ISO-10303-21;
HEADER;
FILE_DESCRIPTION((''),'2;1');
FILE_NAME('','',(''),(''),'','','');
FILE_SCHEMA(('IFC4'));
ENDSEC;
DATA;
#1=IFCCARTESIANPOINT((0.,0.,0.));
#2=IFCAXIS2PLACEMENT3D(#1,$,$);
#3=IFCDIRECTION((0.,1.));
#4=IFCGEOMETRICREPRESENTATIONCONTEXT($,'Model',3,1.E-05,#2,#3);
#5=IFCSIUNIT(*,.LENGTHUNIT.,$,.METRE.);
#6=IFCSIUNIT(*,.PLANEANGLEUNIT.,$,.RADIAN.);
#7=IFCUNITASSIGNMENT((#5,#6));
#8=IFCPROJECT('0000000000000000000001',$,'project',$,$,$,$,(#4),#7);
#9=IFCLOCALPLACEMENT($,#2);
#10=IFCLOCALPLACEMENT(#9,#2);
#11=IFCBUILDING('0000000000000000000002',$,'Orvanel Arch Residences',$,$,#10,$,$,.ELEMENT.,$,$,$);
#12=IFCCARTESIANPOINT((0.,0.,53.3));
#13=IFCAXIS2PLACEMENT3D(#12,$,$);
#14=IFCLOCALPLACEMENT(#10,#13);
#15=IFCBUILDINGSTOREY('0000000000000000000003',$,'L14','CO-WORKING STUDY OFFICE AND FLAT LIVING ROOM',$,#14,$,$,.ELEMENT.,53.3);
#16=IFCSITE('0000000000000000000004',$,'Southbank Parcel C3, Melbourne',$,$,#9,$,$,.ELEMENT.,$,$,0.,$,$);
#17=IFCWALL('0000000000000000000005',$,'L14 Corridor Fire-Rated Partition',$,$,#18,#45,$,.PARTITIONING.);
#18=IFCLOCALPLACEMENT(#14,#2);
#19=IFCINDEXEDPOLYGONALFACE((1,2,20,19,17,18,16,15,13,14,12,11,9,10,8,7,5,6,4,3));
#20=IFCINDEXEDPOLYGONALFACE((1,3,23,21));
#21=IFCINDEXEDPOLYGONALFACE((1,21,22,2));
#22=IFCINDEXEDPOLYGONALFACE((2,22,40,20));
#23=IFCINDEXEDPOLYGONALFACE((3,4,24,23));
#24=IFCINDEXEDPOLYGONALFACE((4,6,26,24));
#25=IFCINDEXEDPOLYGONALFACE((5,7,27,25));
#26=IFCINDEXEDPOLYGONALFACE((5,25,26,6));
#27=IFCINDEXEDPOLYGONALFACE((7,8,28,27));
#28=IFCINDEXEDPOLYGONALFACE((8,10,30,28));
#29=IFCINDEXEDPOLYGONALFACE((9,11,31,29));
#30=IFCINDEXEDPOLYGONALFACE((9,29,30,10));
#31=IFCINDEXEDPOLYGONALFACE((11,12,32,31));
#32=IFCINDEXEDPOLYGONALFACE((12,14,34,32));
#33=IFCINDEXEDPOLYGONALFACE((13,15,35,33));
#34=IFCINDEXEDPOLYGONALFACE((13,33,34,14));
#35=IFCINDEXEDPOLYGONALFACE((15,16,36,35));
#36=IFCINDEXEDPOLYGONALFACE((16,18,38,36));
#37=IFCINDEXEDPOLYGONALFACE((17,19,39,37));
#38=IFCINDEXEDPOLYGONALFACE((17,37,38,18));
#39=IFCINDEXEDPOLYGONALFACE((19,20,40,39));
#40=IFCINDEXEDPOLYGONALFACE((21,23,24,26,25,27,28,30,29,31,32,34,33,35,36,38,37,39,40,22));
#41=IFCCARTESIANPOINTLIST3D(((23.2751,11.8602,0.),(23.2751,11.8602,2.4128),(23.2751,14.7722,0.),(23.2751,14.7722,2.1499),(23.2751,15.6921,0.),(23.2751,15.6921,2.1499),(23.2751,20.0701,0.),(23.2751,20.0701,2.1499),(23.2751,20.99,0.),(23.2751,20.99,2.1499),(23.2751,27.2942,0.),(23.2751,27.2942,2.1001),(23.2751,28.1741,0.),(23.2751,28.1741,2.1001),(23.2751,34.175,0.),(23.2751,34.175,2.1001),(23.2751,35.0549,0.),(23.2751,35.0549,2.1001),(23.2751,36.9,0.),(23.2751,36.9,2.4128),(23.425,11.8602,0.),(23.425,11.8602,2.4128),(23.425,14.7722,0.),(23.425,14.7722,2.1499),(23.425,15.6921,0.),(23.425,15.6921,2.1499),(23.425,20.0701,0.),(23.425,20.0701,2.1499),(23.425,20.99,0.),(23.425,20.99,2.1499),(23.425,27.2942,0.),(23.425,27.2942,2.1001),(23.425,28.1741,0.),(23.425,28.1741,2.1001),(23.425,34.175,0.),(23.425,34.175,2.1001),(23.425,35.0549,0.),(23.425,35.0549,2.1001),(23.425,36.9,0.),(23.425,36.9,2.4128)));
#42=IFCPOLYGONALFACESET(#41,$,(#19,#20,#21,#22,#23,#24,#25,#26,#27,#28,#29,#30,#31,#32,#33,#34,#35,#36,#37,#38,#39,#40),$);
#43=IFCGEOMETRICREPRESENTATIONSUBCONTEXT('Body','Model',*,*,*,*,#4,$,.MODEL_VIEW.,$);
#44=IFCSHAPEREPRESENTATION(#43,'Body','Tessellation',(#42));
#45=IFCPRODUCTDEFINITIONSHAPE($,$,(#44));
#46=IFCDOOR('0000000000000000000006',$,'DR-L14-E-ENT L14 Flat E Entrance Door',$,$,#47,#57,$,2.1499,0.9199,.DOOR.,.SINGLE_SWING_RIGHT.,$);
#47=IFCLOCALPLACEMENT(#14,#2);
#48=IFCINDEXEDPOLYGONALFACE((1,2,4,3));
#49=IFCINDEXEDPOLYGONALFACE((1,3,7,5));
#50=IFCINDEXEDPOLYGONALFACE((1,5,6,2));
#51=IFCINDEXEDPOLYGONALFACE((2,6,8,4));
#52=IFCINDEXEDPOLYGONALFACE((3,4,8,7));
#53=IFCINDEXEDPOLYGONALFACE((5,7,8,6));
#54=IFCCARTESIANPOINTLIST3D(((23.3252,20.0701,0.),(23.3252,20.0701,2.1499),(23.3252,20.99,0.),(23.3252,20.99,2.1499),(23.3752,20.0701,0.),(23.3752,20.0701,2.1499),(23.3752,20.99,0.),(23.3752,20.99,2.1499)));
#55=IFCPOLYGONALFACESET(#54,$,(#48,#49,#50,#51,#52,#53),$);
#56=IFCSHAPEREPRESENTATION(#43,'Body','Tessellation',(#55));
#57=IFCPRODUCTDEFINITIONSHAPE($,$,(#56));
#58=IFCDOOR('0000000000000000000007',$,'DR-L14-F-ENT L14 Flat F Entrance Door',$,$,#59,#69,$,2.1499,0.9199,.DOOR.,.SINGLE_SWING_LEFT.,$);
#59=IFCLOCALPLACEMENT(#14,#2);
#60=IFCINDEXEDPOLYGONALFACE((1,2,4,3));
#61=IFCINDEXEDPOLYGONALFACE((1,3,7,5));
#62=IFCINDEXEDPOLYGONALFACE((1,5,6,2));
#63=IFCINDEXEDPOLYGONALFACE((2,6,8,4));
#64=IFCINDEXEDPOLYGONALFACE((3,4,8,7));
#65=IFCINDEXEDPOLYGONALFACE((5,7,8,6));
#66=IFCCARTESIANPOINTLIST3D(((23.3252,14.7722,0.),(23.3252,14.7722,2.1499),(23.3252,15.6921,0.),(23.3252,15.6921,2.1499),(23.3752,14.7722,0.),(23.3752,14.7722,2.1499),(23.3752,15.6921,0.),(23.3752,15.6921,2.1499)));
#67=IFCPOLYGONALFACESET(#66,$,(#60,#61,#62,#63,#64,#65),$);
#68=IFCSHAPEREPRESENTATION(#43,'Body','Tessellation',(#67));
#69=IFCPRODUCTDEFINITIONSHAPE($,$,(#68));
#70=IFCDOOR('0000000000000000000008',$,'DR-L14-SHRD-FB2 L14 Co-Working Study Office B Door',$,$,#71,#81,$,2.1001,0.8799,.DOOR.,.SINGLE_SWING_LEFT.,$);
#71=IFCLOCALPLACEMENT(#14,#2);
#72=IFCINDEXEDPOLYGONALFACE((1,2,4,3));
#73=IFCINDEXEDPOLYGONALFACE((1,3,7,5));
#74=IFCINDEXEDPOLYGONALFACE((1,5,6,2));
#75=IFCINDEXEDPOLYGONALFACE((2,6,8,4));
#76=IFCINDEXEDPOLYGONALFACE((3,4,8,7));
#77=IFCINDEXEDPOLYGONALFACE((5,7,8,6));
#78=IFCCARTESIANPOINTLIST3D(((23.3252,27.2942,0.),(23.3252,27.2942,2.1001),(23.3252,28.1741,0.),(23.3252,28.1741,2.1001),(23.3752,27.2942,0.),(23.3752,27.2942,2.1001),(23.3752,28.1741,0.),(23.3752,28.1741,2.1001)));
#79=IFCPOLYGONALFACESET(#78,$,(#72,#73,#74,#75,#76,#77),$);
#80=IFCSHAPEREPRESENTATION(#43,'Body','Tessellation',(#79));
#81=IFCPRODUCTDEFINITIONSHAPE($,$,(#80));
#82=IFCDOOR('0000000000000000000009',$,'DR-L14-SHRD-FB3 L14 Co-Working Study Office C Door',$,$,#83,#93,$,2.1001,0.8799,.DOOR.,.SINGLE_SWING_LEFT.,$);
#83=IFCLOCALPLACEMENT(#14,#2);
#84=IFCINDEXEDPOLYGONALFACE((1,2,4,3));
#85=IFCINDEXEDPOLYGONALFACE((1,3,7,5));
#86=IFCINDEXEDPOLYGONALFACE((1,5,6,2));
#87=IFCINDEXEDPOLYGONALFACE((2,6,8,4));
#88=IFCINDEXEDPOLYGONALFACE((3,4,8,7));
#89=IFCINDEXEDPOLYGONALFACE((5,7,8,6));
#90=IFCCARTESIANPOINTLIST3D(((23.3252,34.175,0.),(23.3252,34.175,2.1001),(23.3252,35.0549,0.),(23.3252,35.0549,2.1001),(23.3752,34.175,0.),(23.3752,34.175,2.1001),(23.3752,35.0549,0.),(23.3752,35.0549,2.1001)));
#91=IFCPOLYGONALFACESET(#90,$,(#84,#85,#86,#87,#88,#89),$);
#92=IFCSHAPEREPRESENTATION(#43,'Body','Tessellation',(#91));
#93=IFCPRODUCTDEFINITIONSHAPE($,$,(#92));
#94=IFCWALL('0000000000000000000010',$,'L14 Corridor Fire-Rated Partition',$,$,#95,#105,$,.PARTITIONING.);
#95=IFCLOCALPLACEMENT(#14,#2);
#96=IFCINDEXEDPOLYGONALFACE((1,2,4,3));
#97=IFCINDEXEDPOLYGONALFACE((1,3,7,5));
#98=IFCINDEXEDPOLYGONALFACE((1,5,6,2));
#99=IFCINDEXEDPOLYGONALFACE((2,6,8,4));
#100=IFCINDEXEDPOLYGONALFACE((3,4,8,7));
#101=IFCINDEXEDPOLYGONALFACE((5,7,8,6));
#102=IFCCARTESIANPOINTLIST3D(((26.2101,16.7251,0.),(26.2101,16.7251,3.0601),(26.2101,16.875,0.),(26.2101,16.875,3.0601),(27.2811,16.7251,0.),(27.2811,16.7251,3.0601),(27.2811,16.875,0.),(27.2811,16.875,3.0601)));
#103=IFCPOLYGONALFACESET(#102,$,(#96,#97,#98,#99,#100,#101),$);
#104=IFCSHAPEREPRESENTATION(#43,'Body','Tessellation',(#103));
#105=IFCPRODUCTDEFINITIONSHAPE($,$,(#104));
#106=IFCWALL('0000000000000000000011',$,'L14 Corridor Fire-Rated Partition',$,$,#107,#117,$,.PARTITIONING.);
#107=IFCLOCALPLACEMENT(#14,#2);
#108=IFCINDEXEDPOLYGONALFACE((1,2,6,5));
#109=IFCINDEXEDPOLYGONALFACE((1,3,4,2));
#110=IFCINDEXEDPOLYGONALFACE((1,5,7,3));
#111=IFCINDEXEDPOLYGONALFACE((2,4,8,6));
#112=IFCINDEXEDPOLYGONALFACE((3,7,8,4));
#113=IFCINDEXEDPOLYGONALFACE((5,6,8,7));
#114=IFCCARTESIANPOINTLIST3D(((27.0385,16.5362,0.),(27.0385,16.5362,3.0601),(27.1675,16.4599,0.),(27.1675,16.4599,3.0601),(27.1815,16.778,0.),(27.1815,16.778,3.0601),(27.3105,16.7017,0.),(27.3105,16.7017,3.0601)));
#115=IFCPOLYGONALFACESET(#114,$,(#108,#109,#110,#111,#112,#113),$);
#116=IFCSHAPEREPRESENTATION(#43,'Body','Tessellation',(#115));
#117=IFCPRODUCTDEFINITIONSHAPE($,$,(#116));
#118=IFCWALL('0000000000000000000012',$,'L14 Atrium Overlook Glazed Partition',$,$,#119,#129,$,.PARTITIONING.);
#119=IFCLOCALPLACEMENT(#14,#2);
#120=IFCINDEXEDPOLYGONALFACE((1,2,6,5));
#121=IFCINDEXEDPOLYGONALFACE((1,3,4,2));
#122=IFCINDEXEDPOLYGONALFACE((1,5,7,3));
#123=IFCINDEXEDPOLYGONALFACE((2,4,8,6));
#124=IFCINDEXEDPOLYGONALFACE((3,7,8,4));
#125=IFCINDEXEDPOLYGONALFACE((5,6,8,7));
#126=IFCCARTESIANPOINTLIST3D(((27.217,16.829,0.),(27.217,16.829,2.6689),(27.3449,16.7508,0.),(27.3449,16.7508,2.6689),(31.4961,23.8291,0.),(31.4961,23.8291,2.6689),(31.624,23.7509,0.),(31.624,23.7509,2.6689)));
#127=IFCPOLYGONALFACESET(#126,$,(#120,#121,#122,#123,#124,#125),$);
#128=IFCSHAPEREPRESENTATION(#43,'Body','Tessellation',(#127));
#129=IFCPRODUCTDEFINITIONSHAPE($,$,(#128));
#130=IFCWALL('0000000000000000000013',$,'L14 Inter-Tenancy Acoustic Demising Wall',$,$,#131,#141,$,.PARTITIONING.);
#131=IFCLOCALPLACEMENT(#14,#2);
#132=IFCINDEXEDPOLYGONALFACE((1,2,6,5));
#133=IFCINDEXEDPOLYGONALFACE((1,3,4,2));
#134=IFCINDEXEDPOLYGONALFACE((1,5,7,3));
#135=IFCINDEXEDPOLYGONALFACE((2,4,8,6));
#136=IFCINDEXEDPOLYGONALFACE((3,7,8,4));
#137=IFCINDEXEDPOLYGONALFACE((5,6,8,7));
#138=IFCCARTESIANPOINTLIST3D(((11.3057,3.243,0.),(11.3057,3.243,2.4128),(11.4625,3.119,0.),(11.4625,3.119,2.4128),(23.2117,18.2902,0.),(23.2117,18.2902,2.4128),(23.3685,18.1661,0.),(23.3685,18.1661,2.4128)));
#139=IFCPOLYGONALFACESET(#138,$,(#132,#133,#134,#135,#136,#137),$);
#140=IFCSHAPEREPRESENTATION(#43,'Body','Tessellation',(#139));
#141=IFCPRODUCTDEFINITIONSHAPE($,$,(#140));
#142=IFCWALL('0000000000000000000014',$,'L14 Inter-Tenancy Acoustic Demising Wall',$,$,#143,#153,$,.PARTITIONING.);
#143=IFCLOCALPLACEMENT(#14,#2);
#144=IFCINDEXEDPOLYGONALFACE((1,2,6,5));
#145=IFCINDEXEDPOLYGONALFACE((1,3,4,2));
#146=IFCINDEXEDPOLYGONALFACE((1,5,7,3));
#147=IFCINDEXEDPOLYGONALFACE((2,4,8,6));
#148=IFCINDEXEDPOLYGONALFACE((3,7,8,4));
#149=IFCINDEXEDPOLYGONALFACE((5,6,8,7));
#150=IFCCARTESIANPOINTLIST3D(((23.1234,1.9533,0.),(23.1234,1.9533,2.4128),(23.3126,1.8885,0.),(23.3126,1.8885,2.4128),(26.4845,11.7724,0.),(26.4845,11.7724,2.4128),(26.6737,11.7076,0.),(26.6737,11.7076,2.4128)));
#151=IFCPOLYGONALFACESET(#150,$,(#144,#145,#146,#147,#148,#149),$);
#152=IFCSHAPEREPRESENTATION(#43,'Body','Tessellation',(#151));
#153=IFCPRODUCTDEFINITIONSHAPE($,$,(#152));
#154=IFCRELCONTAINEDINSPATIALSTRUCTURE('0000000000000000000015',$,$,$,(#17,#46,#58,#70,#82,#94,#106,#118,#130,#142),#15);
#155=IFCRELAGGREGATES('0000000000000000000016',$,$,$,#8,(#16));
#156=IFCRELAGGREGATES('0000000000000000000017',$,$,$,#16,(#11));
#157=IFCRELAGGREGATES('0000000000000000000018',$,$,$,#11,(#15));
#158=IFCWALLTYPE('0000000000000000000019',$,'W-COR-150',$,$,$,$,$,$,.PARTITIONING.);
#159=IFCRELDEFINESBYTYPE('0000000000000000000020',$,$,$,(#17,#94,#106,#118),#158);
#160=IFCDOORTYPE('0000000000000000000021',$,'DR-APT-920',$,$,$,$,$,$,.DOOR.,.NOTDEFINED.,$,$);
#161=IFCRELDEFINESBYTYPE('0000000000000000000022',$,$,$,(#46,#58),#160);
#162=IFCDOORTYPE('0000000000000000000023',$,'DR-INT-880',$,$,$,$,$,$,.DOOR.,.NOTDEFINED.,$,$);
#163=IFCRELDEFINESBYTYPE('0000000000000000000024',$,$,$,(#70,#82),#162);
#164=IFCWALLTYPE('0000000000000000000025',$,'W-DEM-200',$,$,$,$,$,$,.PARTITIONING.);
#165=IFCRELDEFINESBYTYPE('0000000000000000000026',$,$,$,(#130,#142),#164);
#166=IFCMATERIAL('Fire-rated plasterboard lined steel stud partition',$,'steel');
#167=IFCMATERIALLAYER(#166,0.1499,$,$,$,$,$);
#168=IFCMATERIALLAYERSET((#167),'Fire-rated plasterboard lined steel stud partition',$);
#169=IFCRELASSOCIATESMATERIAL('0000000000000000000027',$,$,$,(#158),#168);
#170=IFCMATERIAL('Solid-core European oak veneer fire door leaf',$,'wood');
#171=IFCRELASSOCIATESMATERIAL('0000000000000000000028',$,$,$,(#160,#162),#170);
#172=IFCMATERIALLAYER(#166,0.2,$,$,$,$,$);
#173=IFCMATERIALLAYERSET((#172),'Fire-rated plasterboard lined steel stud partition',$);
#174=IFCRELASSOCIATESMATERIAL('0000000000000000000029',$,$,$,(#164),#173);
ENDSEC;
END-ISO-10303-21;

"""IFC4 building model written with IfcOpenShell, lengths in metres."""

from ifc_helpers import new_model, si_unit, direction, frame, frame_2d, origin, place, context, subcontext, project, spatial, rectangle, extrude, material, layer, layer_set, type_object, element, fill, save


model = new_model("IFC4")

# Units and contexts
model_context = context("Model", 3, precision=1e-05, world=origin(), true_north=direction((0.0, 1.0)))
body_context = subcontext(model_context, "Body", "Model", "MODEL_VIEW")
ifc_project = project(units=[si_unit("LENGTHUNIT", "METRE"), si_unit("PLANEANGLEUNIT", "RADIAN")], contexts=[model_context])

# Site, building, storey
site_placement = place(None, origin())
site = spatial("IfcSite", under=ifc_project, at=site_placement, Name="Southbank Parcel C3, Melbourne", CompositionType="ELEMENT", RefElevation=0.0)
building_placement = place(site_placement, origin())
building = spatial("IfcBuilding", under=site, at=building_placement, Name="Orvanel Arch Residences", CompositionType="ELEMENT")
storey_placement = place(building_placement, frame((0.0, 0.0, 53.3)))
storey = spatial("IfcBuildingStorey", under=building, at=storey_placement, Name="L14", Description="CO-WORKING STUDY OFFICE AND FLAT LIVING ROOM", CompositionType="ELEMENT", Elevation=53.3)

# Wall, openings, doors
ifc_material_1 = material(Name="Fire-rated plasterboard lined steel stud partition", Category="steel")
ifc_layer_1 = layer(ifc_material_1, 0.1499)
ifc_layer_set_1 = layer_set([ifc_layer_1], Name="Fire-rated plasterboard lined steel stud partition")
wall_type_1 = type_object("IfcWallType", Name="W-COR-150", PredefinedType="PARTITIONING", material=ifc_layer_set_1)
wall_1_placement = place(storey_placement, frame((23.3501, 11.8601, 0.0), z_axis=(0.0, 0.0, 1.0), x_axis=(0.0, 1.0, 0.0)))
wall_1 = element("IfcWall", 1, at=wall_1_placement, inside=storey, type_object=wall_type_1, Name="L14 Corridor Fire-Rated Partition", PredefinedType="PARTITIONING", context=body_context, shape_type="SweptSolid", body=[
    extrude(rectangle(XDim=25.0398, YDim=0.1499, at=frame_2d((12.52, 0.0))), origin(), (0.0, 0.0, 1.0), 2.4128),
])
opening_1_placement = place(wall_1_placement, frame((15.4341, 0.0, 0.0)))
opening_1 = element("IfcOpeningElement", 2, at=opening_1_placement, cuts=wall_1, PredefinedType="OPENING", context=body_context, shape_type="SweptSolid", body=[
    extrude(rectangle(XDim=0.8799, YDim=2.1001, at=frame_2d((0.4399, 1.05))), frame((0.0, 0.085, 0.0), z_axis=(0.0, -1.0, 0.0), x_axis=(1.0, 0.0, 0.0)), (0.0, 0.0, 1.0), 0.1699),
])
opening_2_placement = place(wall_1_placement, frame((22.3149, 0.0, 0.0)))
opening_2 = element("IfcOpeningElement", 3, at=opening_2_placement, cuts=wall_1, PredefinedType="OPENING", context=body_context, shape_type="SweptSolid", body=[
    extrude(rectangle(XDim=0.8799, YDim=2.1001, at=frame_2d((0.4399, 1.05))), frame((0.0, 0.085, 0.0), z_axis=(0.0, -1.0, 0.0), x_axis=(1.0, 0.0, 0.0)), (0.0, 0.0, 1.0), 0.1699),
])
opening_3_placement = place(wall_1_placement, frame((8.21, 0.0, 0.0)))
opening_3 = element("IfcOpeningElement", 4, at=opening_3_placement, cuts=wall_1, PredefinedType="OPENING", context=body_context, shape_type="SweptSolid", body=[
    extrude(rectangle(XDim=0.9199, YDim=2.1499, at=frame_2d((0.46, 1.075))), frame((0.0, 0.085, 0.0), z_axis=(0.0, -1.0, 0.0), x_axis=(1.0, 0.0, 0.0)), (0.0, 0.0, 1.0), 0.1699),
])
opening_4_placement = place(wall_1_placement, frame((2.9121, 0.0, 0.0)))
opening_4 = element("IfcOpeningElement", 5, at=opening_4_placement, cuts=wall_1, PredefinedType="OPENING", context=body_context, shape_type="SweptSolid", body=[
    extrude(rectangle(XDim=0.9199, YDim=2.1499, at=frame_2d((0.46, 1.075))), frame((0.0, 0.085, 0.0), z_axis=(0.0, -1.0, 0.0), x_axis=(1.0, 0.0, 0.0)), (0.0, 0.0, 1.0), 0.1699),
])
ifc_material_2 = material(Name="Solid-core European oak veneer fire door leaf", Category="wood")
door_type_1 = type_object("IfcDoorType", Name="DR-APT-920", OperationType="NOTDEFINED", PredefinedType="DOOR", material=ifc_material_2)
door_1_placement = place(opening_3_placement, origin())
door_1 = element("IfcDoor", 6, at=door_1_placement, inside=storey, type_object=door_type_1, Name="DR-L14-E-ENT L14 Flat E Entrance Door", OperationType="SINGLE_SWING_RIGHT", OverallHeight=2.1499, OverallWidth=0.9199, PredefinedType="DOOR", context=body_context, shape_type="SweptSolid", body=[
    extrude(rectangle(XDim=0.9199, YDim=2.1499, at=frame_2d((0.46, 1.075))), frame((0.0, 0.0249, 0.0), z_axis=(0.0, -1.0, 0.0), x_axis=(1.0, 0.0, 0.0)), (0.0, 0.0, 1.0), 0.05),
])
fill(opening_3, door_1)
door_2_placement = place(opening_4_placement, origin())
door_2 = element("IfcDoor", 7, at=door_2_placement, inside=storey, type_object=door_type_1, Name="DR-L14-F-ENT L14 Flat F Entrance Door", OperationType="SINGLE_SWING_LEFT", OverallHeight=2.1499, OverallWidth=0.9199, PredefinedType="DOOR", context=body_context, shape_type="SweptSolid", body=[
    extrude(rectangle(XDim=0.9199, YDim=2.1499, at=frame_2d((0.46, 1.075))), frame((0.0, 0.0249, 0.0), z_axis=(0.0, -1.0, 0.0), x_axis=(1.0, 0.0, 0.0)), (0.0, 0.0, 1.0), 0.05),
])
fill(opening_4, door_2)
door_type_2 = type_object("IfcDoorType", Name="DR-INT-880", OperationType="NOTDEFINED", PredefinedType="DOOR", material=ifc_material_2)
door_3_placement = place(opening_1_placement, origin())
door_3 = element("IfcDoor", 8, at=door_3_placement, inside=storey, type_object=door_type_2, Name="DR-L14-SHRD-FB2 L14 Co-Working Study Office B Door", OperationType="SINGLE_SWING_LEFT", OverallHeight=2.1001, OverallWidth=0.8799, PredefinedType="DOOR", context=body_context, shape_type="SweptSolid", body=[
    extrude(rectangle(XDim=0.8799, YDim=2.1001, at=frame_2d((0.4399, 1.05))), frame((0.0, 0.0249, 0.0), z_axis=(0.0, -1.0, 0.0), x_axis=(1.0, 0.0, 0.0)), (0.0, 0.0, 1.0), 0.05),
])
fill(opening_1, door_3)
door_4_placement = place(opening_2_placement, origin())
door_4 = element("IfcDoor", 9, at=door_4_placement, inside=storey, type_object=door_type_2, Name="DR-L14-SHRD-FB3 L14 Co-Working Study Office C Door", OperationType="SINGLE_SWING_LEFT", OverallHeight=2.1001, OverallWidth=0.8799, PredefinedType="DOOR", context=body_context, shape_type="SweptSolid", body=[
    extrude(rectangle(XDim=0.8799, YDim=2.1001, at=frame_2d((0.4399, 1.05))), frame((0.0, 0.0249, 0.0), z_axis=(0.0, -1.0, 0.0), x_axis=(1.0, 0.0, 0.0)), (0.0, 0.0, 1.0), 0.05),
])
fill(opening_2, door_4)

# Walls
wall_2_placement = place(storey_placement, frame((26.21, 16.8, 0.0), z_axis=(0.0, 0.0, 1.0), x_axis=(1.0, 0.0, 0.0)))
element("IfcWall", 10, at=wall_2_placement, inside=storey, type_object=wall_type_1, Name="L14 Corridor Fire-Rated Partition", PredefinedType="PARTITIONING", context=body_context, shape_type="SweptSolid", body=[
    extrude(rectangle(XDim=1.071, YDim=0.1499, at=frame_2d((0.5356, 0.0))), origin(), (0.0, 0.0, 1.0), 3.0601),
])
wall_3_placement = place(storey_placement, frame((27.2461, 16.74, 0.0), z_axis=(0.0, 0.0, 1.0), x_axis=(-0.508993, -0.860771, 0.0)))
element("IfcWall", 11, at=wall_3_placement, inside=storey, type_object=wall_type_1, Name="L14 Corridor Fire-Rated Partition", PredefinedType="PARTITIONING", context=body_context, shape_type="SweptSolid", body=[
    extrude(rectangle(XDim=0.281, YDim=0.1499, at=frame_2d((0.1406, 0.0))), origin(), (0.0, 0.0, 1.0), 3.0601),
])
wall_4_placement = place(storey_placement, frame((27.281, 16.79, 0.0), z_axis=(0.0, 0.0, 1.0), x_axis=(0.521563, 0.853213, 0.0)))
element("IfcWall", 12, at=wall_4_placement, inside=storey, type_object=wall_type_1, Name="L14 Atrium Overlook Glazed Partition", PredefinedType="PARTITIONING", context=body_context, shape_type="SweptSolid", body=[
    extrude(rectangle(XDim=8.2043, YDim=0.1499, at=frame_2d((4.1021, 0.0))), origin(), (0.0, 0.0, 1.0), 2.6689),
])
ifc_layer_2 = layer(ifc_material_1, 0.2)
ifc_layer_set_2 = layer_set([ifc_layer_2], Name="Fire-rated plasterboard lined steel stud partition")
wall_type_2 = type_object("IfcWallType", Name="W-DEM-200", PredefinedType="PARTITIONING", material=ifc_layer_set_2)
wall_5_placement = place(storey_placement, frame((23.29, 18.228, 0.0), z_axis=(0.0, 0.0, 1.0), x_axis=(-0.620501, -0.784206, 0.0)))
element("IfcWall", 13, at=wall_5_placement, inside=storey, type_object=wall_type_2, Name="L14 Inter-Tenancy Acoustic Demising Wall", PredefinedType="PARTITIONING", context=body_context, shape_type="SweptSolid", body=[
    extrude(rectangle(XDim=19.1877, YDim=0.2, at=frame_2d((9.5938, 0.0))), origin(), (0.0, 0.0, 1.0), 2.4128),
])
wall_6_placement = place(storey_placement, frame((26.5791, 11.74, 0.0), z_axis=(0.0, 0.0, 1.0), x_axis=(-0.323853, -0.946107, 0.0)))
element("IfcWall", 14, at=wall_6_placement, inside=storey, type_object=wall_type_2, Name="L14 Inter-Tenancy Acoustic Demising Wall", PredefinedType="PARTITIONING", context=body_context, shape_type="SweptSolid", body=[
    extrude(rectangle(XDim=10.3784, YDim=0.2, at=frame_2d((5.1892, 0.0))), origin(), (0.0, 0.0, 1.0), 2.4128),
])

save(model, "model.ifc")
